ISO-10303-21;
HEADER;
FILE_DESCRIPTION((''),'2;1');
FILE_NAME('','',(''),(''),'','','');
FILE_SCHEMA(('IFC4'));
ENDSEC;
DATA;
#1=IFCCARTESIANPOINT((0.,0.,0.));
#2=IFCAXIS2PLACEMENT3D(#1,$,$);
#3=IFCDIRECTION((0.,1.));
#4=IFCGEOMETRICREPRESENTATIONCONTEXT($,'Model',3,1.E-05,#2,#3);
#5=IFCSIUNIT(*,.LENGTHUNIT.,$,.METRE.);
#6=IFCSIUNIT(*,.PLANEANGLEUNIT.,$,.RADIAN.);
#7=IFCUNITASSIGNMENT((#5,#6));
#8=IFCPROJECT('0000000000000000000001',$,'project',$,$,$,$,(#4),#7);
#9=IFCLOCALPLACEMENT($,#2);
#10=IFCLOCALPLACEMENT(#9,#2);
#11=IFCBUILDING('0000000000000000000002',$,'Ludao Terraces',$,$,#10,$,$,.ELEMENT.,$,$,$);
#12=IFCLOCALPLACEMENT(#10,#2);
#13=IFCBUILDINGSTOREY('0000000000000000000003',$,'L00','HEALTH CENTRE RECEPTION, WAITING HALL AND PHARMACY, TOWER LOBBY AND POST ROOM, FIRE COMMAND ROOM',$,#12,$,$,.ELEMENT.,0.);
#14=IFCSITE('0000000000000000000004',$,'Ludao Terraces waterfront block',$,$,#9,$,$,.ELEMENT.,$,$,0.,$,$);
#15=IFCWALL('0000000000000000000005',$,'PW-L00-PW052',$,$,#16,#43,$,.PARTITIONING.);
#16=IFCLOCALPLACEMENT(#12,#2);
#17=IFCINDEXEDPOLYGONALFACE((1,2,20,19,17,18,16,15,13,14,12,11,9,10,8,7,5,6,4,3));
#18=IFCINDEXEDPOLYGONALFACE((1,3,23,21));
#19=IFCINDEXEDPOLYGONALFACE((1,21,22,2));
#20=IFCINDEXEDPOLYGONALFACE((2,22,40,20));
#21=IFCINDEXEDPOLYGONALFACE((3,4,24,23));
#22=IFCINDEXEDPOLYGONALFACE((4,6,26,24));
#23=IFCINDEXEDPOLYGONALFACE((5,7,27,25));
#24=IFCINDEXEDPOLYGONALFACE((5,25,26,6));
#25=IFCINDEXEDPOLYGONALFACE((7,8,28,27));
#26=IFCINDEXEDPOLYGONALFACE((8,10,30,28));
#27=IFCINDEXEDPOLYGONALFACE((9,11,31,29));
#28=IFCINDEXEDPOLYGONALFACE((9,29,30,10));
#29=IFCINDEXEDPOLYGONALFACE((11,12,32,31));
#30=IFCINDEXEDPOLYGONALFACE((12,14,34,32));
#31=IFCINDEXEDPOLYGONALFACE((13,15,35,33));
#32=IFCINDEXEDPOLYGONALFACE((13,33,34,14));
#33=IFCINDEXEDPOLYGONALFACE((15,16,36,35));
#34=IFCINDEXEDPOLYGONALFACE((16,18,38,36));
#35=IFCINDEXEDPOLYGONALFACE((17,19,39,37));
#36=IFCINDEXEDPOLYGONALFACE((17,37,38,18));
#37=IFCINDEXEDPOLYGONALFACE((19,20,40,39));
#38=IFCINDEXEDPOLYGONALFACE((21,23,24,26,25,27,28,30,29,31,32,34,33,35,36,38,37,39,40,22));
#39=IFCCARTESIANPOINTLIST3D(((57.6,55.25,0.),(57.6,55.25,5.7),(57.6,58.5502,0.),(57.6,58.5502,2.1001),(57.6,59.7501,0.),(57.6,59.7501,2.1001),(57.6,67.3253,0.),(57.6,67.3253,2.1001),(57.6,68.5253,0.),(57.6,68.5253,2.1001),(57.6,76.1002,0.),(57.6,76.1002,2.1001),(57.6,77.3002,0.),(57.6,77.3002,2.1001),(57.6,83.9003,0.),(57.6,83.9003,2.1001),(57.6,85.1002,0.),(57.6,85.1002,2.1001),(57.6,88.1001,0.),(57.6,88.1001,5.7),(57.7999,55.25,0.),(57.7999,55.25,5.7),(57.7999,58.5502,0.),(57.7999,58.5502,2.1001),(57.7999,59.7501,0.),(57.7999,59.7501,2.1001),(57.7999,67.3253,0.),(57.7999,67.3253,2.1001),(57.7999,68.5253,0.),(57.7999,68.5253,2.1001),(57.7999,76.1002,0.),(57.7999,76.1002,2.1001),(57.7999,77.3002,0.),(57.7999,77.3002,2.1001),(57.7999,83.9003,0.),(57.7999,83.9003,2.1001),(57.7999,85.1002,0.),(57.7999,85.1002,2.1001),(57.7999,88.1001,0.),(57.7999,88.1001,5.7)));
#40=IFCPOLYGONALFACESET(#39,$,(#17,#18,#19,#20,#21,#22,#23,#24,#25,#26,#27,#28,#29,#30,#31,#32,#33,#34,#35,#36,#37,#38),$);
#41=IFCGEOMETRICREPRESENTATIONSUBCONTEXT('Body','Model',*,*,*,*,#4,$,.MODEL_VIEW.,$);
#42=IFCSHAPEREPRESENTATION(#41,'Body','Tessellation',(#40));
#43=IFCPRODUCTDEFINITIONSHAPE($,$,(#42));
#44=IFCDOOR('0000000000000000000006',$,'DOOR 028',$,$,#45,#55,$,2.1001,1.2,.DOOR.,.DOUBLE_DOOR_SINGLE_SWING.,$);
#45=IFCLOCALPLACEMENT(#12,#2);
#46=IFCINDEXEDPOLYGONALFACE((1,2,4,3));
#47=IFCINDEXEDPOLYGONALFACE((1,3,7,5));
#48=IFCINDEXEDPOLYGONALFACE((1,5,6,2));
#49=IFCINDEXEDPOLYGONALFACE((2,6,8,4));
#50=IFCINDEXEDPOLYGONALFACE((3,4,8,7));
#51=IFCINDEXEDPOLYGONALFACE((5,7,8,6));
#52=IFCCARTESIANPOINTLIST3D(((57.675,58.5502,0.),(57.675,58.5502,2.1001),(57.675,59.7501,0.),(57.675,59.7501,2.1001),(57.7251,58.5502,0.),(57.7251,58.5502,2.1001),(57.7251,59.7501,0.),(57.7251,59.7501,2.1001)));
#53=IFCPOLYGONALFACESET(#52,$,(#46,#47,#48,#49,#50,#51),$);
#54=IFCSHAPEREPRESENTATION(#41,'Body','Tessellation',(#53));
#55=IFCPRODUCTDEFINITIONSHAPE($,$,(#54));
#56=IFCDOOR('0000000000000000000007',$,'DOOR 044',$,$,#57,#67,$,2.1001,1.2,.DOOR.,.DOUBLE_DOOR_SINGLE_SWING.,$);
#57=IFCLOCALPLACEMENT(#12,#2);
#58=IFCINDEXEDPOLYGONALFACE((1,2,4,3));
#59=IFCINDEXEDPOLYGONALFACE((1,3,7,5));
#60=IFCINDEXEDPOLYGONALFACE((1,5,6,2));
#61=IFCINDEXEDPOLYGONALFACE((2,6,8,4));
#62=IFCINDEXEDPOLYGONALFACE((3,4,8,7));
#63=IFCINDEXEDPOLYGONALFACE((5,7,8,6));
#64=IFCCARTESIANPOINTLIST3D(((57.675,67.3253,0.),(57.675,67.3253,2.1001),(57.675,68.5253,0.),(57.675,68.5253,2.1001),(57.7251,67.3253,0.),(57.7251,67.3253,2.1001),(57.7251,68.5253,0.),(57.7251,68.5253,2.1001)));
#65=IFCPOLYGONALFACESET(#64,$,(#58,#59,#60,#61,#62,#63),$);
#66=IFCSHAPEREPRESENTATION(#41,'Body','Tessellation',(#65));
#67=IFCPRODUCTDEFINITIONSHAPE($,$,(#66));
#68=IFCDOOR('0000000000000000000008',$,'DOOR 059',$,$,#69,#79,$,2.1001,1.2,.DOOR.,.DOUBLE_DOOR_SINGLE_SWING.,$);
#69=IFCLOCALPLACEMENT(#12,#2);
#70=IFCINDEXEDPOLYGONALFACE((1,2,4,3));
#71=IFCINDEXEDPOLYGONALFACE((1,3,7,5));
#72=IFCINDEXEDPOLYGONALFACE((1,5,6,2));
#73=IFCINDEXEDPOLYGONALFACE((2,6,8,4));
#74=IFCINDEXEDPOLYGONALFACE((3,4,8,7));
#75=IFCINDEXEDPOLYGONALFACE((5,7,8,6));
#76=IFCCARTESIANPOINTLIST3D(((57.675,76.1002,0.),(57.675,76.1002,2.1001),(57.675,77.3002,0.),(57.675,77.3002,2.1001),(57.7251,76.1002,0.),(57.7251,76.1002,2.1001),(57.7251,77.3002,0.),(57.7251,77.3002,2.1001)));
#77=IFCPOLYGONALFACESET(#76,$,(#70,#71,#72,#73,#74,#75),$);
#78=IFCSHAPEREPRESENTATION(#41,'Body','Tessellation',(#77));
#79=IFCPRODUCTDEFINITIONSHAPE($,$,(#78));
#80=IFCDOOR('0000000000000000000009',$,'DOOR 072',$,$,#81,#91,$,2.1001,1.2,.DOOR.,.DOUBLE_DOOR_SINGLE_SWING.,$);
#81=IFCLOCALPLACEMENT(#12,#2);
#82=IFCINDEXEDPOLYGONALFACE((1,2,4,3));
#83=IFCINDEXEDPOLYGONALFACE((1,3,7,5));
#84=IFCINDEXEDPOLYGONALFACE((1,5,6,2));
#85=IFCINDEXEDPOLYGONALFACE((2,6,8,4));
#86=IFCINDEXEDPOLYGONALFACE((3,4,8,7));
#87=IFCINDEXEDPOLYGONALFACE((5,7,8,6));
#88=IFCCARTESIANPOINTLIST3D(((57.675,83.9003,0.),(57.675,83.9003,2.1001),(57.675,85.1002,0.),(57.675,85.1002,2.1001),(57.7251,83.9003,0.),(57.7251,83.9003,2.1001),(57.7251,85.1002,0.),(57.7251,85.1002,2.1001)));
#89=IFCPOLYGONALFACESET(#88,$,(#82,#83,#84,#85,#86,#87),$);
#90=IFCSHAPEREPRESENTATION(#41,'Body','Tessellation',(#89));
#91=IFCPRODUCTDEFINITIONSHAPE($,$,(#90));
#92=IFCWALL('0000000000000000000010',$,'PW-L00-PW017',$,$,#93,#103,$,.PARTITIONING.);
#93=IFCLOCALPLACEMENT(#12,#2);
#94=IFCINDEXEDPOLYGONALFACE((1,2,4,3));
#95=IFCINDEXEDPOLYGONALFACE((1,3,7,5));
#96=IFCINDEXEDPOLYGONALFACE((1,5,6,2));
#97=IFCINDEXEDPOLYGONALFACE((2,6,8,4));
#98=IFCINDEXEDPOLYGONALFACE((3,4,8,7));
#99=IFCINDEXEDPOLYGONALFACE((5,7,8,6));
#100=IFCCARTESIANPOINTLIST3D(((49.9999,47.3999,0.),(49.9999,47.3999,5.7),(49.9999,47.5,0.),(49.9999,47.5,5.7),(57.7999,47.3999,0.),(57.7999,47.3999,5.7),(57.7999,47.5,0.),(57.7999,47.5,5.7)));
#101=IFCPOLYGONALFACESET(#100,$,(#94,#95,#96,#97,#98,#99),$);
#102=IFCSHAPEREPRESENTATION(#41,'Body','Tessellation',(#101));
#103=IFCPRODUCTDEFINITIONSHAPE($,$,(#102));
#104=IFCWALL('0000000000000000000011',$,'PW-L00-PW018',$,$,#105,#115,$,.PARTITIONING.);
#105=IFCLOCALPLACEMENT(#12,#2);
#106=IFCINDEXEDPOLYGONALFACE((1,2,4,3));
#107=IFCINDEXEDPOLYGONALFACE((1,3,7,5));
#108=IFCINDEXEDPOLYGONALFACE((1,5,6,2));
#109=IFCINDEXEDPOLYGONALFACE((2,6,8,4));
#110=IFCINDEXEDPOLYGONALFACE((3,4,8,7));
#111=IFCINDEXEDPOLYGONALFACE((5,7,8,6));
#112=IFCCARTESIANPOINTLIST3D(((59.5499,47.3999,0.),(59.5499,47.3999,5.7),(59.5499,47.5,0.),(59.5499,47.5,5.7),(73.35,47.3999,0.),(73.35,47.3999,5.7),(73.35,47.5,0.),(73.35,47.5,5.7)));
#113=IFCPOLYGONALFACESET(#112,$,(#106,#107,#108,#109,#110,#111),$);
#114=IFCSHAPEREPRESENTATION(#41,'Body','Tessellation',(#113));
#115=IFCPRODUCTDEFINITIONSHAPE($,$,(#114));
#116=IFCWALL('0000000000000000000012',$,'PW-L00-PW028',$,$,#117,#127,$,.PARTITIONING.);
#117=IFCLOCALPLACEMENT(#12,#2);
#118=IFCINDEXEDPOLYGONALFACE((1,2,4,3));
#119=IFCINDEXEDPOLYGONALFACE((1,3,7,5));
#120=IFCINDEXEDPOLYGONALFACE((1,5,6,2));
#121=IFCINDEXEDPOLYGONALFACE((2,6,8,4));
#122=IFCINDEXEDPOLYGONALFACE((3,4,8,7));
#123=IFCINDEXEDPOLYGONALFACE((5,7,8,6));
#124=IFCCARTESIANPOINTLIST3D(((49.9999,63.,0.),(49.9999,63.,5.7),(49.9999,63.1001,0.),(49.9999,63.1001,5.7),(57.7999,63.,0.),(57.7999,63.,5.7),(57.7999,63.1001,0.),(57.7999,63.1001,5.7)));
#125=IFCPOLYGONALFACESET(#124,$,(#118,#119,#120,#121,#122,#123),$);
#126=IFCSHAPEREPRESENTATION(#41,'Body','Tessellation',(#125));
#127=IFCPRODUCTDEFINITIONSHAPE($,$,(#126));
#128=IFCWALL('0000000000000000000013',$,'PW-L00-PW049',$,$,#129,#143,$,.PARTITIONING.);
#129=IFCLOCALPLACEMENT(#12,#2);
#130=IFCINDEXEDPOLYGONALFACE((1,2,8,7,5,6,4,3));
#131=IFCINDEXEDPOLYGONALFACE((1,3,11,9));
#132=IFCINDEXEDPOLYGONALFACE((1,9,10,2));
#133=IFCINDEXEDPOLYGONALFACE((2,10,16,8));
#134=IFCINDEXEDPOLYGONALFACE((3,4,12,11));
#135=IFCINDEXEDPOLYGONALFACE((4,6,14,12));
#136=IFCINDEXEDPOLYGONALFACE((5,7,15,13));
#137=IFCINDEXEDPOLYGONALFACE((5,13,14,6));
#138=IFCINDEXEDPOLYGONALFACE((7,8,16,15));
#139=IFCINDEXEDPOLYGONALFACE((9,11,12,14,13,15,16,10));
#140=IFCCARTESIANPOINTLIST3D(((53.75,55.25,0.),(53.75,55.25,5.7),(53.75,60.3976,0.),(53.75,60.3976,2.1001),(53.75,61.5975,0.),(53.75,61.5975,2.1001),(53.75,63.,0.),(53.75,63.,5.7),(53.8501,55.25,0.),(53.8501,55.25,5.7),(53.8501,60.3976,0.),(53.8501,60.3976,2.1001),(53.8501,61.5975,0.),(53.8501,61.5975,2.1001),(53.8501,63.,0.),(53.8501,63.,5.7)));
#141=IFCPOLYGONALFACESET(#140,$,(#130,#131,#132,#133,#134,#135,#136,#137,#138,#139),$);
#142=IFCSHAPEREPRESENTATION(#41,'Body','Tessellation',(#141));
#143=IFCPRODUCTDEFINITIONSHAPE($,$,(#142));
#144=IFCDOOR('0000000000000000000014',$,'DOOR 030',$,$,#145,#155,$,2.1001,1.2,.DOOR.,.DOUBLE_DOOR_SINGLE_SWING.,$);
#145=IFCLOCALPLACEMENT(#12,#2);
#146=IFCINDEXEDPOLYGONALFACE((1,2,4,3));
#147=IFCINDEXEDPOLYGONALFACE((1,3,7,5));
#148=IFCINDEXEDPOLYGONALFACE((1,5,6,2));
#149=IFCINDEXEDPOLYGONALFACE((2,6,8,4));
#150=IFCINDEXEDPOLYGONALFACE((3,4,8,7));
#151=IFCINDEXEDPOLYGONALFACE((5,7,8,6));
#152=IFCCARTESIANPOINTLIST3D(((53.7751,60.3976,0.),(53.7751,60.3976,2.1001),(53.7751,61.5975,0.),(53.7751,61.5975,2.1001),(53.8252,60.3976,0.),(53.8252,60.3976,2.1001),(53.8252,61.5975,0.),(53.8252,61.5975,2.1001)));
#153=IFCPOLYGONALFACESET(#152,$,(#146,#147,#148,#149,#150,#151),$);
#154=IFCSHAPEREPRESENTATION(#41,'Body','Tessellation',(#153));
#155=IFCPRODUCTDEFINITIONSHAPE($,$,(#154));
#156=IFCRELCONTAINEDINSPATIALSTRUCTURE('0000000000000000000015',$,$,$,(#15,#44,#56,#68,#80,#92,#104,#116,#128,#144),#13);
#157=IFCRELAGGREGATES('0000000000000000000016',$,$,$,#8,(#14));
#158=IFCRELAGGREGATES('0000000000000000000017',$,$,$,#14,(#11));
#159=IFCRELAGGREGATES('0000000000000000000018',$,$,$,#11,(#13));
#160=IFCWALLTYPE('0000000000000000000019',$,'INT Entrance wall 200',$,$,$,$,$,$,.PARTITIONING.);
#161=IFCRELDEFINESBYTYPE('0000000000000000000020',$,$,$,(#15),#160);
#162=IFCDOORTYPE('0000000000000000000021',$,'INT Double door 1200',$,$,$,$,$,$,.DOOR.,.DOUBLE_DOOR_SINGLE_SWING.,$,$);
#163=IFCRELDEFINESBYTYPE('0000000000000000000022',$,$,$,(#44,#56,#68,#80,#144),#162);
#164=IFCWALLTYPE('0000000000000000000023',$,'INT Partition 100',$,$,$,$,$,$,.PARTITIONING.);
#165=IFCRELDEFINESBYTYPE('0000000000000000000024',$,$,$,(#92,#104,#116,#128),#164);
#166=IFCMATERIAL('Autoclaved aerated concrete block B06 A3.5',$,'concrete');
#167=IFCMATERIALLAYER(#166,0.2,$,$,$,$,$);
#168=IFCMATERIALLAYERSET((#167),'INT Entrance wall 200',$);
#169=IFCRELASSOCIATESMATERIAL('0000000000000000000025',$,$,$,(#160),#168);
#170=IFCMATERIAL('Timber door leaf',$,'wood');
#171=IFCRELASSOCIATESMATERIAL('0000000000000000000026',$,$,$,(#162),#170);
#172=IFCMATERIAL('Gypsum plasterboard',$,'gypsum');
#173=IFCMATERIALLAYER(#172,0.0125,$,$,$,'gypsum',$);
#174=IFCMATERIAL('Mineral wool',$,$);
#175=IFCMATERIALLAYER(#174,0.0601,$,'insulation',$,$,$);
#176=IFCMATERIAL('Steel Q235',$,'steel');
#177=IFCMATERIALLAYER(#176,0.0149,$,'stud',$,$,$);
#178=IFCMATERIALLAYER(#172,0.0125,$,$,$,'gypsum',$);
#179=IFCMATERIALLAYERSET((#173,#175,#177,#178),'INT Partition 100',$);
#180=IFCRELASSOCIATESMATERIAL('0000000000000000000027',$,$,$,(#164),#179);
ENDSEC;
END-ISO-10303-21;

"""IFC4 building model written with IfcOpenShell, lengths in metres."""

from ifc_helpers import new_model, si_unit, direction, frame, frame_2d, origin, place, context, subcontext, project, spatial, rectangle, extrude, material, layer, layer_set, type_object, element, fill, save


model = new_model("IFC4")

# Units and contexts
model_context = context("Model", 3, precision=1e-05, world=origin(), true_north=direction((0.0, 1.0)))
body_context = subcontext(model_context, "Body", "Model", "MODEL_VIEW")
ifc_project = project(units=[si_unit("LENGTHUNIT", "METRE"), si_unit("PLANEANGLEUNIT", "RADIAN")], contexts=[model_context])

# Site, building, storey
site_placement = place(None, origin())
site = spatial("IfcSite", under=ifc_project, at=site_placement, Name="Ludao Terraces waterfront block", CompositionType="ELEMENT", RefElevation=0.0)
building_placement = place(site_placement, origin())
building = spatial("IfcBuilding", under=site, at=building_placement, Name="Ludao Terraces", CompositionType="ELEMENT")
storey_placement = place(building_placement, origin())
storey = spatial("IfcBuildingStorey", under=building, at=storey_placement, Name="L00", Description="HEALTH CENTRE RECEPTION, WAITING HALL AND PHARMACY, TOWER LOBBY AND POST ROOM, FIRE COMMAND ROOM", CompositionType="ELEMENT", Elevation=0.0)

# Shared definitions
ifc_material_1 = material(Name="Autoclaved aerated concrete block B06 A3.5", Category="concrete")
ifc_layer_1 = layer(ifc_material_1, 0.2)
ifc_layer_set_1 = layer_set([ifc_layer_1], Name="INT Entrance wall 200")
wall_type_1 = type_object("IfcWallType", Name="INT Entrance wall 200", PredefinedType="PARTITIONING", material=ifc_layer_set_1)

# Wall, openings, doors
wall_1_placement = place(storey_placement, frame((57.7, 55.25, 0.0), z_axis=(0.0, 0.0, 1.0), x_axis=(0.0, 1.0, 0.0)))
wall_1 = element("IfcWall", 1, at=wall_1_placement, inside=storey, type_object=wall_type_1, Name="PW-L00-PW052", PredefinedType="PARTITIONING", context=body_context, shape_type="SweptSolid", body=[
    extrude(rectangle(XDim=32.8501, YDim=0.2, at=frame_2d((16.425, 0.0))), origin(), (0.0, 0.0, 1.0), 5.7),
])
opening_1_placement = place(wall_1_placement, frame((3.3, 0.0, 0.0)))
opening_1 = element("IfcOpeningElement", 2, at=opening_1_placement, cuts=wall_1, PredefinedType="OPENING", context=body_context, shape_type="SweptSolid", body=[
    extrude(rectangle(XDim=1.2, YDim=2.1001, at=frame_2d((0.6001, 1.05))), frame((0.0, 0.1099, 0.0), z_axis=(0.0, -1.0, 0.0), x_axis=(1.0, 0.0, 0.0)), (0.0, 0.0, 1.0), 0.22),
])
opening_2_placement = place(wall_1_placement, frame((12.0752, 0.0, 0.0)))
opening_2 = element("IfcOpeningElement", 3, at=opening_2_placement, cuts=wall_1, PredefinedType="OPENING", context=body_context, shape_type="SweptSolid", body=[
    extrude(rectangle(XDim=1.2, YDim=2.1001, at=frame_2d((0.6001, 1.05))), frame((0.0, 0.1099, 0.0), z_axis=(0.0, -1.0, 0.0), x_axis=(1.0, 0.0, 0.0)), (0.0, 0.0, 1.0), 0.22),
])
opening_3_placement = place(wall_1_placement, frame((20.8501, 0.0, 0.0)))
opening_3 = element("IfcOpeningElement", 4, at=opening_3_placement, cuts=wall_1, PredefinedType="OPENING", context=body_context, shape_type="SweptSolid", body=[
    extrude(rectangle(XDim=1.2, YDim=2.1001, at=frame_2d((0.6001, 1.05))), frame((0.0, 0.1099, 0.0), z_axis=(0.0, -1.0, 0.0), x_axis=(1.0, 0.0, 0.0)), (0.0, 0.0, 1.0), 0.22),
])
opening_4_placement = place(wall_1_placement, frame((28.6501, 0.0, 0.0)))
opening_4 = element("IfcOpeningElement", 5, at=opening_4_placement, cuts=wall_1, PredefinedType="OPENING", context=body_context, shape_type="SweptSolid", body=[
    extrude(rectangle(XDim=1.2, YDim=2.1001, at=frame_2d((0.6001, 1.05))), frame((0.0, 0.1099, 0.0), z_axis=(0.0, -1.0, 0.0), x_axis=(1.0, 0.0, 0.0)), (0.0, 0.0, 1.0), 0.22),
])
ifc_material_2 = material(Name="Timber door leaf", Category="wood")
door_type = type_object("IfcDoorType", Name="INT Double door 1200", OperationType="DOUBLE_DOOR_SINGLE_SWING", PredefinedType="DOOR", material=ifc_material_2)
door_1_placement = place(opening_1_placement, origin())
door_1 = element("IfcDoor", 6, at=door_1_placement, inside=storey, type_object=door_type, Name="DOOR 028", OperationType="DOUBLE_DOOR_SINGLE_SWING", OverallHeight=2.1001, OverallWidth=1.2, PredefinedType="DOOR", context=body_context, shape_type="SweptSolid", body=[
    extrude(rectangle(XDim=1.2, YDim=2.1001, at=frame_2d((0.6001, 1.05))), frame((0.0, 0.0249, 0.0), z_axis=(0.0, -1.0, 0.0), x_axis=(1.0, 0.0, 0.0)), (0.0, 0.0, 1.0), 0.05),
])
fill(opening_1, door_1)
door_2_placement = place(opening_2_placement, origin())
door_2 = element("IfcDoor", 7, at=door_2_placement, inside=storey, type_object=door_type, Name="DOOR 044", OperationType="DOUBLE_DOOR_SINGLE_SWING", OverallHeight=2.1001, OverallWidth=1.2, PredefinedType="DOOR", context=body_context, shape_type="SweptSolid", body=[
    extrude(rectangle(XDim=1.2, YDim=2.1001, at=frame_2d((0.6001, 1.05))), frame((0.0, 0.0249, 0.0), z_axis=(0.0, -1.0, 0.0), x_axis=(1.0, 0.0, 0.0)), (0.0, 0.0, 1.0), 0.05),
])
fill(opening_2, door_2)
door_3_placement = place(opening_3_placement, origin())
door_3 = element("IfcDoor", 8, at=door_3_placement, inside=storey, type_object=door_type, Name="DOOR 059", OperationType="DOUBLE_DOOR_SINGLE_SWING", OverallHeight=2.1001, OverallWidth=1.2, PredefinedType="DOOR", context=body_context, shape_type="SweptSolid", body=[
    extrude(rectangle(XDim=1.2, YDim=2.1001, at=frame_2d((0.6001, 1.05))), frame((0.0, 0.0249, 0.0), z_axis=(0.0, -1.0, 0.0), x_axis=(1.0, 0.0, 0.0)), (0.0, 0.0, 1.0), 0.05),
])
fill(opening_3, door_3)
door_4_placement = place(opening_4_placement, origin())
door_4 = element("IfcDoor", 9, at=door_4_placement, inside=storey, type_object=door_type, Name="DOOR 072", OperationType="DOUBLE_DOOR_SINGLE_SWING", OverallHeight=2.1001, OverallWidth=1.2, PredefinedType="DOOR", context=body_context, shape_type="SweptSolid", body=[
    extrude(rectangle(XDim=1.2, YDim=2.1001, at=frame_2d((0.6001, 1.05))), frame((0.0, 0.0249, 0.0), z_axis=(0.0, -1.0, 0.0), x_axis=(1.0, 0.0, 0.0)), (0.0, 0.0, 1.0), 0.05),
])
fill(opening_4, door_4)

# Walls
ifc_material_3 = material(Name="Gypsum plasterboard", Category="gypsum")
ifc_layer_2 = layer(ifc_material_3, 0.0125, Category="gypsum")
ifc_material_4 = material(Name="Mineral wool")
ifc_layer_3 = layer(ifc_material_4, 0.0601, Name="insulation")
ifc_material_5 = material(Name="Steel Q235", Category="steel")
ifc_layer_4 = layer(ifc_material_5, 0.0149, Name="stud")
ifc_layer_5 = layer(ifc_material_3, 0.0125, Category="gypsum")
ifc_layer_set_2 = layer_set([ifc_layer_2, ifc_layer_3, ifc_layer_4, ifc_layer_5], Name="INT Partition 100")
wall_type_2 = type_object("IfcWallType", Name="INT Partition 100", PredefinedType="PARTITIONING", material=ifc_layer_set_2)
wall_2_placement = place(storey_placement, frame((50.0, 47.45, 0.0), z_axis=(0.0, 0.0, 1.0), x_axis=(1.0, 0.0, 0.0)))
element("IfcWall", 10, at=wall_2_placement, inside=storey, type_object=wall_type_2, Name="PW-L00-PW017", PredefinedType="PARTITIONING", context=body_context, shape_type="SweptSolid", body=[
    extrude(rectangle(XDim=7.8, YDim=0.1001, at=frame_2d((3.8999, 0.0))), origin(), (0.0, 0.0, 1.0), 5.7),
])
wall_3_placement = place(storey_placement, frame((59.55, 47.45, 0.0), z_axis=(0.0, 0.0, 1.0), x_axis=(1.0, 0.0, 0.0)))
element("IfcWall", 11, at=wall_3_placement, inside=storey, type_object=wall_type_2, Name="PW-L00-PW018", PredefinedType="PARTITIONING", context=body_context, shape_type="SweptSolid", body=[
    extrude(rectangle(XDim=13.8, YDim=0.1001, at=frame_2d((6.8999, 0.0))), origin(), (0.0, 0.0, 1.0), 5.7),
])
wall_4_placement = place(storey_placement, frame((50.0, 63.05, 0.0), z_axis=(0.0, 0.0, 1.0), x_axis=(1.0, 0.0, 0.0)))
element("IfcWall", 12, at=wall_4_placement, inside=storey, type_object=wall_type_2, Name="PW-L00-PW028", PredefinedType="PARTITIONING", context=body_context, shape_type="SweptSolid", body=[
    extrude(rectangle(XDim=7.8, YDim=0.1001, at=frame_2d((3.8999, 0.0))), origin(), (0.0, 0.0, 1.0), 5.7),
])

# Wall, opening, door
wall_5_placement = place(storey_placement, frame((53.8, 55.25, 0.0), z_axis=(0.0, 0.0, 1.0), x_axis=(0.0, 1.0, 0.0)))
wall_5 = element("IfcWall", 13, at=wall_5_placement, inside=storey, type_object=wall_type_2, Name="PW-L00-PW049", PredefinedType="PARTITIONING", context=body_context, shape_type="SweptSolid", body=[
    extrude(rectangle(XDim=7.75, YDim=0.1001, at=frame_2d((3.875, 0.0))), origin(), (0.0, 0.0, 1.0), 5.7),
])
opening_5_placement = place(wall_5_placement, frame((5.1475, 0.0, 0.0)))
opening_5 = element("IfcOpeningElement", 14, at=opening_5_placement, cuts=wall_5, PredefinedType="OPENING", context=body_context, shape_type="SweptSolid", body=[
    extrude(rectangle(XDim=1.2, YDim=2.1001, at=frame_2d((0.6001, 1.05))), frame((0.0, 0.0601, 0.0), z_axis=(0.0, -1.0, 0.0), x_axis=(1.0, 0.0, 0.0)), (0.0, 0.0, 1.0), 0.1201),
])
door_5_placement = place(opening_5_placement, origin())
door_5 = element("IfcDoor", 15, at=door_5_placement, inside=storey, type_object=door_type, Name="DOOR 030", OperationType="DOUBLE_DOOR_SINGLE_SWING", OverallHeight=2.1001, OverallWidth=1.2, PredefinedType="DOOR", context=body_context, shape_type="SweptSolid", body=[
    extrude(rectangle(XDim=1.2, YDim=2.1001, at=frame_2d((0.6001, 1.05))), frame((0.0, 0.0249, 0.0), z_axis=(0.0, -1.0, 0.0), x_axis=(1.0, 0.0, 0.0)), (0.0, 0.0, 1.0), 0.05),
])
fill(opening_5, door_5)

save(model, "model.ifc")
